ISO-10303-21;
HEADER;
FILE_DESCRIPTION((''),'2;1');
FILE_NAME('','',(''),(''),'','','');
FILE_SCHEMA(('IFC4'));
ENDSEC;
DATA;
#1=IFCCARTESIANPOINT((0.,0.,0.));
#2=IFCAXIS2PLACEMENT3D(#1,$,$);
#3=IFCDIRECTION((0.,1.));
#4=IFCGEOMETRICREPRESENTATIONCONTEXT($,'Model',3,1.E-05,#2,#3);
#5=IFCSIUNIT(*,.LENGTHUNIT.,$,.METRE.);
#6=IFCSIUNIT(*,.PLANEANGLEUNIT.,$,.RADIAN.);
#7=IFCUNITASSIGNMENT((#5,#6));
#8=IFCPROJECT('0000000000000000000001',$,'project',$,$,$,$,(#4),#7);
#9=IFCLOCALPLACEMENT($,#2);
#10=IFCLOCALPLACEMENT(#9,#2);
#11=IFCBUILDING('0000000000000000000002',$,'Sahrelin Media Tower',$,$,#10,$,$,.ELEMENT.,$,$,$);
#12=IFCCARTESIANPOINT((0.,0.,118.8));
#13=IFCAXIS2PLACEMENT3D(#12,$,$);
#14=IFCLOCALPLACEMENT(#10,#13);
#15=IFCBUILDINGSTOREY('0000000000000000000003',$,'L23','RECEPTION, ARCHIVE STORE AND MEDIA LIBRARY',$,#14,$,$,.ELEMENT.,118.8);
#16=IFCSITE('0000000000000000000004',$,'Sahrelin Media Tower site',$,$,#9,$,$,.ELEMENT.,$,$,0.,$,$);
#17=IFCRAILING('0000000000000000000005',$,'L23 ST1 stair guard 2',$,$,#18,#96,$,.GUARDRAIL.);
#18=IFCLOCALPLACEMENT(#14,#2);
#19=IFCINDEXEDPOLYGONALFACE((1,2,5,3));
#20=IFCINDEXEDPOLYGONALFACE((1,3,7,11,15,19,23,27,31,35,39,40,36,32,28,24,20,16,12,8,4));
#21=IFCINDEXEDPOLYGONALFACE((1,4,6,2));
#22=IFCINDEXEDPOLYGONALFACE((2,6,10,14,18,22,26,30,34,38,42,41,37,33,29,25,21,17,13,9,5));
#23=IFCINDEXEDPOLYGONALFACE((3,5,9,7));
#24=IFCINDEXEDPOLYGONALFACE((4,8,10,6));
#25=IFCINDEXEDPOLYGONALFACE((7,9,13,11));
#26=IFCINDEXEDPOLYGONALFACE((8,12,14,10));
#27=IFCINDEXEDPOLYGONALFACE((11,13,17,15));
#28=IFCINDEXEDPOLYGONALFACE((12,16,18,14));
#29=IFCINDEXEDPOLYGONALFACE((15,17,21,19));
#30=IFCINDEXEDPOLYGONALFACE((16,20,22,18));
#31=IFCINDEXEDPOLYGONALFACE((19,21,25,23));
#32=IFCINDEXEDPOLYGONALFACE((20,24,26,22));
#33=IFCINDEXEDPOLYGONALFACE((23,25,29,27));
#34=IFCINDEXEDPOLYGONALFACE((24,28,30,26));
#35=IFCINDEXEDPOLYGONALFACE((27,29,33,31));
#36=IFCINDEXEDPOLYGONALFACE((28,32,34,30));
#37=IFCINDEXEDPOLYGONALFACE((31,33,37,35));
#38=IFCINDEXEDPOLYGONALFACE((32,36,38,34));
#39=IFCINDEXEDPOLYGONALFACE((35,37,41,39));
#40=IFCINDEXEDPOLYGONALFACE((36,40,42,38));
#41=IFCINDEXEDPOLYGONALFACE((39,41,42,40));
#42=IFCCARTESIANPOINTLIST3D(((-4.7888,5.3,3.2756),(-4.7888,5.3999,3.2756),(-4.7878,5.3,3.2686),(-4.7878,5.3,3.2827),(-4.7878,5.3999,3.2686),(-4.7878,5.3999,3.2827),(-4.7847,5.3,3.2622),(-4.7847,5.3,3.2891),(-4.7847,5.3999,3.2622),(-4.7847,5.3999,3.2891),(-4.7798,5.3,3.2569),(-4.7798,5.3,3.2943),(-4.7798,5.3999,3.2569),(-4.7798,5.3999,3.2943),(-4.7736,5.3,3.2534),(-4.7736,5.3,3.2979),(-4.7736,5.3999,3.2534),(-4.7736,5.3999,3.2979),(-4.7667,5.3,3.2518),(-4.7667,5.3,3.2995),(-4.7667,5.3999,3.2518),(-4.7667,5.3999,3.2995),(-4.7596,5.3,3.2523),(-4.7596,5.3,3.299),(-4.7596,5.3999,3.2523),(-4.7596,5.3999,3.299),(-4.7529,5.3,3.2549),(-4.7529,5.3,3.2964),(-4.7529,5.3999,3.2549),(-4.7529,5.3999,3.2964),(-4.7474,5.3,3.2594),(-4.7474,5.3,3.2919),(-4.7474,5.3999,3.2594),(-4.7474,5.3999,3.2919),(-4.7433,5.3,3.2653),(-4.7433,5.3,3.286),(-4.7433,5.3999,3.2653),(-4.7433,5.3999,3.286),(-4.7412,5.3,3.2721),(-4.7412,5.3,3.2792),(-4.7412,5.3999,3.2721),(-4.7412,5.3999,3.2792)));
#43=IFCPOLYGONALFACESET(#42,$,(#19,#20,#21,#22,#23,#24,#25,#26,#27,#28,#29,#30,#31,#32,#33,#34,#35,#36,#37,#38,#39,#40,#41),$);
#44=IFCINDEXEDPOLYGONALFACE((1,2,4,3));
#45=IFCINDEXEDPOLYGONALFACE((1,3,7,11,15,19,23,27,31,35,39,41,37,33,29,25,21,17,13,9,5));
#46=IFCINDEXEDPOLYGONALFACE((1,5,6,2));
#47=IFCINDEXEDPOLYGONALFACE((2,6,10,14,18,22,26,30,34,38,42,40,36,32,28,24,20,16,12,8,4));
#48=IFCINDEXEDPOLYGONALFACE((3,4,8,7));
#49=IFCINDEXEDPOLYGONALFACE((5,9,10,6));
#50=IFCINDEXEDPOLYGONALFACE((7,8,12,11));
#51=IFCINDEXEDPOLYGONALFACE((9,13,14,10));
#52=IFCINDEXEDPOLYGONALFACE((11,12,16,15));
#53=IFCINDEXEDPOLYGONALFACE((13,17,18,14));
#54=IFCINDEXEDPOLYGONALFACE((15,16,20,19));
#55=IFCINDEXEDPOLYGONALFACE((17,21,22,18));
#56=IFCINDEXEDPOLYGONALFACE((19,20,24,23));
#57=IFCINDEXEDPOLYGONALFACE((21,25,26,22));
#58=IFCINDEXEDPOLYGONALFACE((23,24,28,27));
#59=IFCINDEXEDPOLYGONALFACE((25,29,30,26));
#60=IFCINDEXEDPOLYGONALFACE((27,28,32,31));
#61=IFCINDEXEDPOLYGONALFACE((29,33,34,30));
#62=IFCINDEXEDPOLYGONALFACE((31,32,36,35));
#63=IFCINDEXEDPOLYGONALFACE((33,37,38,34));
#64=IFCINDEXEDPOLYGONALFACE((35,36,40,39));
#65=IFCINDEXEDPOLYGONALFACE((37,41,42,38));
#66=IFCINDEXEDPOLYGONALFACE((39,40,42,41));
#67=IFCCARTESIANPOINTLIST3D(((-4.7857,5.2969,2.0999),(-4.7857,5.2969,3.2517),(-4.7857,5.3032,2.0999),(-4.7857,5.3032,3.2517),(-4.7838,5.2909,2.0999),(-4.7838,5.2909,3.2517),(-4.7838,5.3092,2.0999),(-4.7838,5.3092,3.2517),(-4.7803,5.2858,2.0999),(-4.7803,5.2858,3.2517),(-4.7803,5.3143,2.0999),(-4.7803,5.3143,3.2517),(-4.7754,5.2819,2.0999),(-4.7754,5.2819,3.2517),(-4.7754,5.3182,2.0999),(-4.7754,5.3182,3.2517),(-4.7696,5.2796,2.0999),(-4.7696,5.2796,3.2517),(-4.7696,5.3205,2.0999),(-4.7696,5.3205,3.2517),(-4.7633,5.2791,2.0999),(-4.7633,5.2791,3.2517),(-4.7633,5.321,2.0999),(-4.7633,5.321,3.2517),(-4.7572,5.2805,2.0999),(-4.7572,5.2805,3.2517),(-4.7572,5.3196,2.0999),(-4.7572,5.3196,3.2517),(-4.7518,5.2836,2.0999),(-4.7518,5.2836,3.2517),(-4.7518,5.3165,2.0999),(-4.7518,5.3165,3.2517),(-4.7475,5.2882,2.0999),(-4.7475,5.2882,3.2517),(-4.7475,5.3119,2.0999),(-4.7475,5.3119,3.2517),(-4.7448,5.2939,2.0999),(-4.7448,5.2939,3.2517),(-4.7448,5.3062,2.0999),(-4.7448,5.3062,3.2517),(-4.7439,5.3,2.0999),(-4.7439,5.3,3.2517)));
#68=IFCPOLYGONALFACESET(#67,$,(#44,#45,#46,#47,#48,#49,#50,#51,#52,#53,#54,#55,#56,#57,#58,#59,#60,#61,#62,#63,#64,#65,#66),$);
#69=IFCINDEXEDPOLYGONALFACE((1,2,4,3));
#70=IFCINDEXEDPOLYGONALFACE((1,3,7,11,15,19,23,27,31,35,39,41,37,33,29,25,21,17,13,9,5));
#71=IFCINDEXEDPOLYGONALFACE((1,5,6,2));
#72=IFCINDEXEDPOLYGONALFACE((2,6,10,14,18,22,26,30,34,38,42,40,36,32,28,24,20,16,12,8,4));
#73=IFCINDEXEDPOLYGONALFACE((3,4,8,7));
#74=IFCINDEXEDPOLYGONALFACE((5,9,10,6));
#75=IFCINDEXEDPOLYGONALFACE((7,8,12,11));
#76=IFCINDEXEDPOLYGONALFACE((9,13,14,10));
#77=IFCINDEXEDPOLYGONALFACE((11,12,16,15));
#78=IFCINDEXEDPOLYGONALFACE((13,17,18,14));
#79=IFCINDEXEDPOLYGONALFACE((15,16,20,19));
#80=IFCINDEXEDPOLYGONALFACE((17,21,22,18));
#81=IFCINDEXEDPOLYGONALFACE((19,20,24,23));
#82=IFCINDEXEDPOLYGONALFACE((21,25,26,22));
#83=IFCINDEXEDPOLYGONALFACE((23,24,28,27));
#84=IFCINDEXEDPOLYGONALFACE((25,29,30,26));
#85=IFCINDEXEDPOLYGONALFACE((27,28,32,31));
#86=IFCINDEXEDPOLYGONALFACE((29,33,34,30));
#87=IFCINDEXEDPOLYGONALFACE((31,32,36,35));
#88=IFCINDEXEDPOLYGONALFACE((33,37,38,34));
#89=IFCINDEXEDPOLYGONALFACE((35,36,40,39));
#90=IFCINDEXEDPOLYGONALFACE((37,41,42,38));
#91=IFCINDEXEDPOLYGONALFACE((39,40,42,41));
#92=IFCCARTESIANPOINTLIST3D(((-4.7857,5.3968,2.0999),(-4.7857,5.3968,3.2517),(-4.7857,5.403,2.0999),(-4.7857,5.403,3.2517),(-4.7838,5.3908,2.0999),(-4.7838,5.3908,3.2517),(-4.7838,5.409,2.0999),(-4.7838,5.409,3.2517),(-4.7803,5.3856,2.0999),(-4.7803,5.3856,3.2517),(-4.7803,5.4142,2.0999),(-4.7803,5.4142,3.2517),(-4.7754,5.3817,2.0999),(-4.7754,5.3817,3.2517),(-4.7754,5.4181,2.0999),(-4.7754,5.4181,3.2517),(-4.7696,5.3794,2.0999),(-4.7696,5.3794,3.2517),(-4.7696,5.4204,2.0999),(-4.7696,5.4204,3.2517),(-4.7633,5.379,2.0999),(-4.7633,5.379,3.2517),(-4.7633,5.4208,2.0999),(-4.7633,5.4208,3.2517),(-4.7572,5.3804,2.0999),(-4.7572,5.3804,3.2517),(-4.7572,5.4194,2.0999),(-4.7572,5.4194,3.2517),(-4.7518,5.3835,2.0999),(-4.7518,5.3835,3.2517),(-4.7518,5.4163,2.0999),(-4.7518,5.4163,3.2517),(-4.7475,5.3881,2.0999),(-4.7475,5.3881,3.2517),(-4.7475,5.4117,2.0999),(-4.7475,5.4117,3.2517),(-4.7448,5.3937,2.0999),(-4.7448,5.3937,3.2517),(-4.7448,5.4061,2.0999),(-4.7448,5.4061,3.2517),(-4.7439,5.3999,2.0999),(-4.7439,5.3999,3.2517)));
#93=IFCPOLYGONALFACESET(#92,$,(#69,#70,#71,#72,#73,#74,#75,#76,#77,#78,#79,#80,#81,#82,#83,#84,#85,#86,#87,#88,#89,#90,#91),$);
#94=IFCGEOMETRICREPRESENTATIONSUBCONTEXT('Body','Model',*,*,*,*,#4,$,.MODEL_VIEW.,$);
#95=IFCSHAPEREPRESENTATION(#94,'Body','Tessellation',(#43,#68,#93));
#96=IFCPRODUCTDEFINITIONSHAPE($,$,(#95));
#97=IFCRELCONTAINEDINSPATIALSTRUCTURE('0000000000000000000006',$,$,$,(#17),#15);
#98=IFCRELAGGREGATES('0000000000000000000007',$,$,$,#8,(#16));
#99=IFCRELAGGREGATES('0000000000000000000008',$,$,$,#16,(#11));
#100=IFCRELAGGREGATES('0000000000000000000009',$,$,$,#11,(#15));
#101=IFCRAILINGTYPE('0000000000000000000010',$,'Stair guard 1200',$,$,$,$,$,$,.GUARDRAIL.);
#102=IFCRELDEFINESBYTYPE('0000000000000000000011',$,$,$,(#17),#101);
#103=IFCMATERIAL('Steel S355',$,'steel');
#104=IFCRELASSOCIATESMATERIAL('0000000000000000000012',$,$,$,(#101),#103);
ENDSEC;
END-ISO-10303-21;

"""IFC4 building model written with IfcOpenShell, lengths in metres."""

from ifc_helpers import new_model, si_unit, direction, frame, origin, origin_2d, place, context, subcontext, project, spatial, circle, extrude, material, type_object, element, save


model = new_model("IFC4")

# Units and contexts
model_context = context("Model", 3, precision=1e-05, world=origin(), true_north=direction((0.0, 1.0)))
body_context = subcontext(model_context, "Body", "Model", "MODEL_VIEW")
ifc_project = project(units=[si_unit("LENGTHUNIT", "METRE"), si_unit("PLANEANGLEUNIT", "RADIAN")], contexts=[model_context])

# Site, building, storey
site_placement = place(None, origin())
site = spatial("IfcSite", under=ifc_project, at=site_placement, Name="Sahrelin Media Tower site", CompositionType="ELEMENT", RefElevation=0.0)
building_placement = place(site_placement, origin())
building = spatial("IfcBuilding", under=site, at=building_placement, Name="Sahrelin Media Tower", CompositionType="ELEMENT")
storey_placement = place(building_placement, frame((0.0, 0.0, 118.8)))
storey = spatial("IfcBuildingStorey", under=building, at=storey_placement, Name="L23", Description="RECEPTION, ARCHIVE STORE AND MEDIA LIBRARY", CompositionType="ELEMENT", Elevation=118.8)

# Shared definitions
ifc_material_1 = material(Name="Steel S355", Category="steel")

# Railing
railing_type_1 = type_object("IfcRailingType", Name="Stair guard 1200", PredefinedType="GUARDRAIL", material=ifc_material_1)
railing_1_placement = place(storey_placement, frame((-4.7649, 5.3, 2.0999)))
element("IfcRailing", 1, at=railing_1_placement, inside=storey, type_object=railing_type_1, Name="L23 ST1 stair guard 2", PredefinedType="GUARDRAIL", context=body_context, shape_type="SweptSolid", body=[
    extrude(circle(Radius=0.0239, at=origin_2d()), frame((0.0, 0.0, 1.1758), z_axis=(0.0, 1.0, 0.0), x_axis=(-1.0, 0.0, 0.0)), (0.0, 0.0, 1.0), 0.0999),
    extrude(circle(Radius=0.021, at=origin_2d()), origin(), (0.0, 0.0, 1.0), 1.1519),
    extrude(circle(Radius=0.021, at=origin_2d()), frame((0.0, 0.0999, 0.0)), (0.0, 0.0, 1.0), 1.1519),
])

save(model, "model.ifc")
